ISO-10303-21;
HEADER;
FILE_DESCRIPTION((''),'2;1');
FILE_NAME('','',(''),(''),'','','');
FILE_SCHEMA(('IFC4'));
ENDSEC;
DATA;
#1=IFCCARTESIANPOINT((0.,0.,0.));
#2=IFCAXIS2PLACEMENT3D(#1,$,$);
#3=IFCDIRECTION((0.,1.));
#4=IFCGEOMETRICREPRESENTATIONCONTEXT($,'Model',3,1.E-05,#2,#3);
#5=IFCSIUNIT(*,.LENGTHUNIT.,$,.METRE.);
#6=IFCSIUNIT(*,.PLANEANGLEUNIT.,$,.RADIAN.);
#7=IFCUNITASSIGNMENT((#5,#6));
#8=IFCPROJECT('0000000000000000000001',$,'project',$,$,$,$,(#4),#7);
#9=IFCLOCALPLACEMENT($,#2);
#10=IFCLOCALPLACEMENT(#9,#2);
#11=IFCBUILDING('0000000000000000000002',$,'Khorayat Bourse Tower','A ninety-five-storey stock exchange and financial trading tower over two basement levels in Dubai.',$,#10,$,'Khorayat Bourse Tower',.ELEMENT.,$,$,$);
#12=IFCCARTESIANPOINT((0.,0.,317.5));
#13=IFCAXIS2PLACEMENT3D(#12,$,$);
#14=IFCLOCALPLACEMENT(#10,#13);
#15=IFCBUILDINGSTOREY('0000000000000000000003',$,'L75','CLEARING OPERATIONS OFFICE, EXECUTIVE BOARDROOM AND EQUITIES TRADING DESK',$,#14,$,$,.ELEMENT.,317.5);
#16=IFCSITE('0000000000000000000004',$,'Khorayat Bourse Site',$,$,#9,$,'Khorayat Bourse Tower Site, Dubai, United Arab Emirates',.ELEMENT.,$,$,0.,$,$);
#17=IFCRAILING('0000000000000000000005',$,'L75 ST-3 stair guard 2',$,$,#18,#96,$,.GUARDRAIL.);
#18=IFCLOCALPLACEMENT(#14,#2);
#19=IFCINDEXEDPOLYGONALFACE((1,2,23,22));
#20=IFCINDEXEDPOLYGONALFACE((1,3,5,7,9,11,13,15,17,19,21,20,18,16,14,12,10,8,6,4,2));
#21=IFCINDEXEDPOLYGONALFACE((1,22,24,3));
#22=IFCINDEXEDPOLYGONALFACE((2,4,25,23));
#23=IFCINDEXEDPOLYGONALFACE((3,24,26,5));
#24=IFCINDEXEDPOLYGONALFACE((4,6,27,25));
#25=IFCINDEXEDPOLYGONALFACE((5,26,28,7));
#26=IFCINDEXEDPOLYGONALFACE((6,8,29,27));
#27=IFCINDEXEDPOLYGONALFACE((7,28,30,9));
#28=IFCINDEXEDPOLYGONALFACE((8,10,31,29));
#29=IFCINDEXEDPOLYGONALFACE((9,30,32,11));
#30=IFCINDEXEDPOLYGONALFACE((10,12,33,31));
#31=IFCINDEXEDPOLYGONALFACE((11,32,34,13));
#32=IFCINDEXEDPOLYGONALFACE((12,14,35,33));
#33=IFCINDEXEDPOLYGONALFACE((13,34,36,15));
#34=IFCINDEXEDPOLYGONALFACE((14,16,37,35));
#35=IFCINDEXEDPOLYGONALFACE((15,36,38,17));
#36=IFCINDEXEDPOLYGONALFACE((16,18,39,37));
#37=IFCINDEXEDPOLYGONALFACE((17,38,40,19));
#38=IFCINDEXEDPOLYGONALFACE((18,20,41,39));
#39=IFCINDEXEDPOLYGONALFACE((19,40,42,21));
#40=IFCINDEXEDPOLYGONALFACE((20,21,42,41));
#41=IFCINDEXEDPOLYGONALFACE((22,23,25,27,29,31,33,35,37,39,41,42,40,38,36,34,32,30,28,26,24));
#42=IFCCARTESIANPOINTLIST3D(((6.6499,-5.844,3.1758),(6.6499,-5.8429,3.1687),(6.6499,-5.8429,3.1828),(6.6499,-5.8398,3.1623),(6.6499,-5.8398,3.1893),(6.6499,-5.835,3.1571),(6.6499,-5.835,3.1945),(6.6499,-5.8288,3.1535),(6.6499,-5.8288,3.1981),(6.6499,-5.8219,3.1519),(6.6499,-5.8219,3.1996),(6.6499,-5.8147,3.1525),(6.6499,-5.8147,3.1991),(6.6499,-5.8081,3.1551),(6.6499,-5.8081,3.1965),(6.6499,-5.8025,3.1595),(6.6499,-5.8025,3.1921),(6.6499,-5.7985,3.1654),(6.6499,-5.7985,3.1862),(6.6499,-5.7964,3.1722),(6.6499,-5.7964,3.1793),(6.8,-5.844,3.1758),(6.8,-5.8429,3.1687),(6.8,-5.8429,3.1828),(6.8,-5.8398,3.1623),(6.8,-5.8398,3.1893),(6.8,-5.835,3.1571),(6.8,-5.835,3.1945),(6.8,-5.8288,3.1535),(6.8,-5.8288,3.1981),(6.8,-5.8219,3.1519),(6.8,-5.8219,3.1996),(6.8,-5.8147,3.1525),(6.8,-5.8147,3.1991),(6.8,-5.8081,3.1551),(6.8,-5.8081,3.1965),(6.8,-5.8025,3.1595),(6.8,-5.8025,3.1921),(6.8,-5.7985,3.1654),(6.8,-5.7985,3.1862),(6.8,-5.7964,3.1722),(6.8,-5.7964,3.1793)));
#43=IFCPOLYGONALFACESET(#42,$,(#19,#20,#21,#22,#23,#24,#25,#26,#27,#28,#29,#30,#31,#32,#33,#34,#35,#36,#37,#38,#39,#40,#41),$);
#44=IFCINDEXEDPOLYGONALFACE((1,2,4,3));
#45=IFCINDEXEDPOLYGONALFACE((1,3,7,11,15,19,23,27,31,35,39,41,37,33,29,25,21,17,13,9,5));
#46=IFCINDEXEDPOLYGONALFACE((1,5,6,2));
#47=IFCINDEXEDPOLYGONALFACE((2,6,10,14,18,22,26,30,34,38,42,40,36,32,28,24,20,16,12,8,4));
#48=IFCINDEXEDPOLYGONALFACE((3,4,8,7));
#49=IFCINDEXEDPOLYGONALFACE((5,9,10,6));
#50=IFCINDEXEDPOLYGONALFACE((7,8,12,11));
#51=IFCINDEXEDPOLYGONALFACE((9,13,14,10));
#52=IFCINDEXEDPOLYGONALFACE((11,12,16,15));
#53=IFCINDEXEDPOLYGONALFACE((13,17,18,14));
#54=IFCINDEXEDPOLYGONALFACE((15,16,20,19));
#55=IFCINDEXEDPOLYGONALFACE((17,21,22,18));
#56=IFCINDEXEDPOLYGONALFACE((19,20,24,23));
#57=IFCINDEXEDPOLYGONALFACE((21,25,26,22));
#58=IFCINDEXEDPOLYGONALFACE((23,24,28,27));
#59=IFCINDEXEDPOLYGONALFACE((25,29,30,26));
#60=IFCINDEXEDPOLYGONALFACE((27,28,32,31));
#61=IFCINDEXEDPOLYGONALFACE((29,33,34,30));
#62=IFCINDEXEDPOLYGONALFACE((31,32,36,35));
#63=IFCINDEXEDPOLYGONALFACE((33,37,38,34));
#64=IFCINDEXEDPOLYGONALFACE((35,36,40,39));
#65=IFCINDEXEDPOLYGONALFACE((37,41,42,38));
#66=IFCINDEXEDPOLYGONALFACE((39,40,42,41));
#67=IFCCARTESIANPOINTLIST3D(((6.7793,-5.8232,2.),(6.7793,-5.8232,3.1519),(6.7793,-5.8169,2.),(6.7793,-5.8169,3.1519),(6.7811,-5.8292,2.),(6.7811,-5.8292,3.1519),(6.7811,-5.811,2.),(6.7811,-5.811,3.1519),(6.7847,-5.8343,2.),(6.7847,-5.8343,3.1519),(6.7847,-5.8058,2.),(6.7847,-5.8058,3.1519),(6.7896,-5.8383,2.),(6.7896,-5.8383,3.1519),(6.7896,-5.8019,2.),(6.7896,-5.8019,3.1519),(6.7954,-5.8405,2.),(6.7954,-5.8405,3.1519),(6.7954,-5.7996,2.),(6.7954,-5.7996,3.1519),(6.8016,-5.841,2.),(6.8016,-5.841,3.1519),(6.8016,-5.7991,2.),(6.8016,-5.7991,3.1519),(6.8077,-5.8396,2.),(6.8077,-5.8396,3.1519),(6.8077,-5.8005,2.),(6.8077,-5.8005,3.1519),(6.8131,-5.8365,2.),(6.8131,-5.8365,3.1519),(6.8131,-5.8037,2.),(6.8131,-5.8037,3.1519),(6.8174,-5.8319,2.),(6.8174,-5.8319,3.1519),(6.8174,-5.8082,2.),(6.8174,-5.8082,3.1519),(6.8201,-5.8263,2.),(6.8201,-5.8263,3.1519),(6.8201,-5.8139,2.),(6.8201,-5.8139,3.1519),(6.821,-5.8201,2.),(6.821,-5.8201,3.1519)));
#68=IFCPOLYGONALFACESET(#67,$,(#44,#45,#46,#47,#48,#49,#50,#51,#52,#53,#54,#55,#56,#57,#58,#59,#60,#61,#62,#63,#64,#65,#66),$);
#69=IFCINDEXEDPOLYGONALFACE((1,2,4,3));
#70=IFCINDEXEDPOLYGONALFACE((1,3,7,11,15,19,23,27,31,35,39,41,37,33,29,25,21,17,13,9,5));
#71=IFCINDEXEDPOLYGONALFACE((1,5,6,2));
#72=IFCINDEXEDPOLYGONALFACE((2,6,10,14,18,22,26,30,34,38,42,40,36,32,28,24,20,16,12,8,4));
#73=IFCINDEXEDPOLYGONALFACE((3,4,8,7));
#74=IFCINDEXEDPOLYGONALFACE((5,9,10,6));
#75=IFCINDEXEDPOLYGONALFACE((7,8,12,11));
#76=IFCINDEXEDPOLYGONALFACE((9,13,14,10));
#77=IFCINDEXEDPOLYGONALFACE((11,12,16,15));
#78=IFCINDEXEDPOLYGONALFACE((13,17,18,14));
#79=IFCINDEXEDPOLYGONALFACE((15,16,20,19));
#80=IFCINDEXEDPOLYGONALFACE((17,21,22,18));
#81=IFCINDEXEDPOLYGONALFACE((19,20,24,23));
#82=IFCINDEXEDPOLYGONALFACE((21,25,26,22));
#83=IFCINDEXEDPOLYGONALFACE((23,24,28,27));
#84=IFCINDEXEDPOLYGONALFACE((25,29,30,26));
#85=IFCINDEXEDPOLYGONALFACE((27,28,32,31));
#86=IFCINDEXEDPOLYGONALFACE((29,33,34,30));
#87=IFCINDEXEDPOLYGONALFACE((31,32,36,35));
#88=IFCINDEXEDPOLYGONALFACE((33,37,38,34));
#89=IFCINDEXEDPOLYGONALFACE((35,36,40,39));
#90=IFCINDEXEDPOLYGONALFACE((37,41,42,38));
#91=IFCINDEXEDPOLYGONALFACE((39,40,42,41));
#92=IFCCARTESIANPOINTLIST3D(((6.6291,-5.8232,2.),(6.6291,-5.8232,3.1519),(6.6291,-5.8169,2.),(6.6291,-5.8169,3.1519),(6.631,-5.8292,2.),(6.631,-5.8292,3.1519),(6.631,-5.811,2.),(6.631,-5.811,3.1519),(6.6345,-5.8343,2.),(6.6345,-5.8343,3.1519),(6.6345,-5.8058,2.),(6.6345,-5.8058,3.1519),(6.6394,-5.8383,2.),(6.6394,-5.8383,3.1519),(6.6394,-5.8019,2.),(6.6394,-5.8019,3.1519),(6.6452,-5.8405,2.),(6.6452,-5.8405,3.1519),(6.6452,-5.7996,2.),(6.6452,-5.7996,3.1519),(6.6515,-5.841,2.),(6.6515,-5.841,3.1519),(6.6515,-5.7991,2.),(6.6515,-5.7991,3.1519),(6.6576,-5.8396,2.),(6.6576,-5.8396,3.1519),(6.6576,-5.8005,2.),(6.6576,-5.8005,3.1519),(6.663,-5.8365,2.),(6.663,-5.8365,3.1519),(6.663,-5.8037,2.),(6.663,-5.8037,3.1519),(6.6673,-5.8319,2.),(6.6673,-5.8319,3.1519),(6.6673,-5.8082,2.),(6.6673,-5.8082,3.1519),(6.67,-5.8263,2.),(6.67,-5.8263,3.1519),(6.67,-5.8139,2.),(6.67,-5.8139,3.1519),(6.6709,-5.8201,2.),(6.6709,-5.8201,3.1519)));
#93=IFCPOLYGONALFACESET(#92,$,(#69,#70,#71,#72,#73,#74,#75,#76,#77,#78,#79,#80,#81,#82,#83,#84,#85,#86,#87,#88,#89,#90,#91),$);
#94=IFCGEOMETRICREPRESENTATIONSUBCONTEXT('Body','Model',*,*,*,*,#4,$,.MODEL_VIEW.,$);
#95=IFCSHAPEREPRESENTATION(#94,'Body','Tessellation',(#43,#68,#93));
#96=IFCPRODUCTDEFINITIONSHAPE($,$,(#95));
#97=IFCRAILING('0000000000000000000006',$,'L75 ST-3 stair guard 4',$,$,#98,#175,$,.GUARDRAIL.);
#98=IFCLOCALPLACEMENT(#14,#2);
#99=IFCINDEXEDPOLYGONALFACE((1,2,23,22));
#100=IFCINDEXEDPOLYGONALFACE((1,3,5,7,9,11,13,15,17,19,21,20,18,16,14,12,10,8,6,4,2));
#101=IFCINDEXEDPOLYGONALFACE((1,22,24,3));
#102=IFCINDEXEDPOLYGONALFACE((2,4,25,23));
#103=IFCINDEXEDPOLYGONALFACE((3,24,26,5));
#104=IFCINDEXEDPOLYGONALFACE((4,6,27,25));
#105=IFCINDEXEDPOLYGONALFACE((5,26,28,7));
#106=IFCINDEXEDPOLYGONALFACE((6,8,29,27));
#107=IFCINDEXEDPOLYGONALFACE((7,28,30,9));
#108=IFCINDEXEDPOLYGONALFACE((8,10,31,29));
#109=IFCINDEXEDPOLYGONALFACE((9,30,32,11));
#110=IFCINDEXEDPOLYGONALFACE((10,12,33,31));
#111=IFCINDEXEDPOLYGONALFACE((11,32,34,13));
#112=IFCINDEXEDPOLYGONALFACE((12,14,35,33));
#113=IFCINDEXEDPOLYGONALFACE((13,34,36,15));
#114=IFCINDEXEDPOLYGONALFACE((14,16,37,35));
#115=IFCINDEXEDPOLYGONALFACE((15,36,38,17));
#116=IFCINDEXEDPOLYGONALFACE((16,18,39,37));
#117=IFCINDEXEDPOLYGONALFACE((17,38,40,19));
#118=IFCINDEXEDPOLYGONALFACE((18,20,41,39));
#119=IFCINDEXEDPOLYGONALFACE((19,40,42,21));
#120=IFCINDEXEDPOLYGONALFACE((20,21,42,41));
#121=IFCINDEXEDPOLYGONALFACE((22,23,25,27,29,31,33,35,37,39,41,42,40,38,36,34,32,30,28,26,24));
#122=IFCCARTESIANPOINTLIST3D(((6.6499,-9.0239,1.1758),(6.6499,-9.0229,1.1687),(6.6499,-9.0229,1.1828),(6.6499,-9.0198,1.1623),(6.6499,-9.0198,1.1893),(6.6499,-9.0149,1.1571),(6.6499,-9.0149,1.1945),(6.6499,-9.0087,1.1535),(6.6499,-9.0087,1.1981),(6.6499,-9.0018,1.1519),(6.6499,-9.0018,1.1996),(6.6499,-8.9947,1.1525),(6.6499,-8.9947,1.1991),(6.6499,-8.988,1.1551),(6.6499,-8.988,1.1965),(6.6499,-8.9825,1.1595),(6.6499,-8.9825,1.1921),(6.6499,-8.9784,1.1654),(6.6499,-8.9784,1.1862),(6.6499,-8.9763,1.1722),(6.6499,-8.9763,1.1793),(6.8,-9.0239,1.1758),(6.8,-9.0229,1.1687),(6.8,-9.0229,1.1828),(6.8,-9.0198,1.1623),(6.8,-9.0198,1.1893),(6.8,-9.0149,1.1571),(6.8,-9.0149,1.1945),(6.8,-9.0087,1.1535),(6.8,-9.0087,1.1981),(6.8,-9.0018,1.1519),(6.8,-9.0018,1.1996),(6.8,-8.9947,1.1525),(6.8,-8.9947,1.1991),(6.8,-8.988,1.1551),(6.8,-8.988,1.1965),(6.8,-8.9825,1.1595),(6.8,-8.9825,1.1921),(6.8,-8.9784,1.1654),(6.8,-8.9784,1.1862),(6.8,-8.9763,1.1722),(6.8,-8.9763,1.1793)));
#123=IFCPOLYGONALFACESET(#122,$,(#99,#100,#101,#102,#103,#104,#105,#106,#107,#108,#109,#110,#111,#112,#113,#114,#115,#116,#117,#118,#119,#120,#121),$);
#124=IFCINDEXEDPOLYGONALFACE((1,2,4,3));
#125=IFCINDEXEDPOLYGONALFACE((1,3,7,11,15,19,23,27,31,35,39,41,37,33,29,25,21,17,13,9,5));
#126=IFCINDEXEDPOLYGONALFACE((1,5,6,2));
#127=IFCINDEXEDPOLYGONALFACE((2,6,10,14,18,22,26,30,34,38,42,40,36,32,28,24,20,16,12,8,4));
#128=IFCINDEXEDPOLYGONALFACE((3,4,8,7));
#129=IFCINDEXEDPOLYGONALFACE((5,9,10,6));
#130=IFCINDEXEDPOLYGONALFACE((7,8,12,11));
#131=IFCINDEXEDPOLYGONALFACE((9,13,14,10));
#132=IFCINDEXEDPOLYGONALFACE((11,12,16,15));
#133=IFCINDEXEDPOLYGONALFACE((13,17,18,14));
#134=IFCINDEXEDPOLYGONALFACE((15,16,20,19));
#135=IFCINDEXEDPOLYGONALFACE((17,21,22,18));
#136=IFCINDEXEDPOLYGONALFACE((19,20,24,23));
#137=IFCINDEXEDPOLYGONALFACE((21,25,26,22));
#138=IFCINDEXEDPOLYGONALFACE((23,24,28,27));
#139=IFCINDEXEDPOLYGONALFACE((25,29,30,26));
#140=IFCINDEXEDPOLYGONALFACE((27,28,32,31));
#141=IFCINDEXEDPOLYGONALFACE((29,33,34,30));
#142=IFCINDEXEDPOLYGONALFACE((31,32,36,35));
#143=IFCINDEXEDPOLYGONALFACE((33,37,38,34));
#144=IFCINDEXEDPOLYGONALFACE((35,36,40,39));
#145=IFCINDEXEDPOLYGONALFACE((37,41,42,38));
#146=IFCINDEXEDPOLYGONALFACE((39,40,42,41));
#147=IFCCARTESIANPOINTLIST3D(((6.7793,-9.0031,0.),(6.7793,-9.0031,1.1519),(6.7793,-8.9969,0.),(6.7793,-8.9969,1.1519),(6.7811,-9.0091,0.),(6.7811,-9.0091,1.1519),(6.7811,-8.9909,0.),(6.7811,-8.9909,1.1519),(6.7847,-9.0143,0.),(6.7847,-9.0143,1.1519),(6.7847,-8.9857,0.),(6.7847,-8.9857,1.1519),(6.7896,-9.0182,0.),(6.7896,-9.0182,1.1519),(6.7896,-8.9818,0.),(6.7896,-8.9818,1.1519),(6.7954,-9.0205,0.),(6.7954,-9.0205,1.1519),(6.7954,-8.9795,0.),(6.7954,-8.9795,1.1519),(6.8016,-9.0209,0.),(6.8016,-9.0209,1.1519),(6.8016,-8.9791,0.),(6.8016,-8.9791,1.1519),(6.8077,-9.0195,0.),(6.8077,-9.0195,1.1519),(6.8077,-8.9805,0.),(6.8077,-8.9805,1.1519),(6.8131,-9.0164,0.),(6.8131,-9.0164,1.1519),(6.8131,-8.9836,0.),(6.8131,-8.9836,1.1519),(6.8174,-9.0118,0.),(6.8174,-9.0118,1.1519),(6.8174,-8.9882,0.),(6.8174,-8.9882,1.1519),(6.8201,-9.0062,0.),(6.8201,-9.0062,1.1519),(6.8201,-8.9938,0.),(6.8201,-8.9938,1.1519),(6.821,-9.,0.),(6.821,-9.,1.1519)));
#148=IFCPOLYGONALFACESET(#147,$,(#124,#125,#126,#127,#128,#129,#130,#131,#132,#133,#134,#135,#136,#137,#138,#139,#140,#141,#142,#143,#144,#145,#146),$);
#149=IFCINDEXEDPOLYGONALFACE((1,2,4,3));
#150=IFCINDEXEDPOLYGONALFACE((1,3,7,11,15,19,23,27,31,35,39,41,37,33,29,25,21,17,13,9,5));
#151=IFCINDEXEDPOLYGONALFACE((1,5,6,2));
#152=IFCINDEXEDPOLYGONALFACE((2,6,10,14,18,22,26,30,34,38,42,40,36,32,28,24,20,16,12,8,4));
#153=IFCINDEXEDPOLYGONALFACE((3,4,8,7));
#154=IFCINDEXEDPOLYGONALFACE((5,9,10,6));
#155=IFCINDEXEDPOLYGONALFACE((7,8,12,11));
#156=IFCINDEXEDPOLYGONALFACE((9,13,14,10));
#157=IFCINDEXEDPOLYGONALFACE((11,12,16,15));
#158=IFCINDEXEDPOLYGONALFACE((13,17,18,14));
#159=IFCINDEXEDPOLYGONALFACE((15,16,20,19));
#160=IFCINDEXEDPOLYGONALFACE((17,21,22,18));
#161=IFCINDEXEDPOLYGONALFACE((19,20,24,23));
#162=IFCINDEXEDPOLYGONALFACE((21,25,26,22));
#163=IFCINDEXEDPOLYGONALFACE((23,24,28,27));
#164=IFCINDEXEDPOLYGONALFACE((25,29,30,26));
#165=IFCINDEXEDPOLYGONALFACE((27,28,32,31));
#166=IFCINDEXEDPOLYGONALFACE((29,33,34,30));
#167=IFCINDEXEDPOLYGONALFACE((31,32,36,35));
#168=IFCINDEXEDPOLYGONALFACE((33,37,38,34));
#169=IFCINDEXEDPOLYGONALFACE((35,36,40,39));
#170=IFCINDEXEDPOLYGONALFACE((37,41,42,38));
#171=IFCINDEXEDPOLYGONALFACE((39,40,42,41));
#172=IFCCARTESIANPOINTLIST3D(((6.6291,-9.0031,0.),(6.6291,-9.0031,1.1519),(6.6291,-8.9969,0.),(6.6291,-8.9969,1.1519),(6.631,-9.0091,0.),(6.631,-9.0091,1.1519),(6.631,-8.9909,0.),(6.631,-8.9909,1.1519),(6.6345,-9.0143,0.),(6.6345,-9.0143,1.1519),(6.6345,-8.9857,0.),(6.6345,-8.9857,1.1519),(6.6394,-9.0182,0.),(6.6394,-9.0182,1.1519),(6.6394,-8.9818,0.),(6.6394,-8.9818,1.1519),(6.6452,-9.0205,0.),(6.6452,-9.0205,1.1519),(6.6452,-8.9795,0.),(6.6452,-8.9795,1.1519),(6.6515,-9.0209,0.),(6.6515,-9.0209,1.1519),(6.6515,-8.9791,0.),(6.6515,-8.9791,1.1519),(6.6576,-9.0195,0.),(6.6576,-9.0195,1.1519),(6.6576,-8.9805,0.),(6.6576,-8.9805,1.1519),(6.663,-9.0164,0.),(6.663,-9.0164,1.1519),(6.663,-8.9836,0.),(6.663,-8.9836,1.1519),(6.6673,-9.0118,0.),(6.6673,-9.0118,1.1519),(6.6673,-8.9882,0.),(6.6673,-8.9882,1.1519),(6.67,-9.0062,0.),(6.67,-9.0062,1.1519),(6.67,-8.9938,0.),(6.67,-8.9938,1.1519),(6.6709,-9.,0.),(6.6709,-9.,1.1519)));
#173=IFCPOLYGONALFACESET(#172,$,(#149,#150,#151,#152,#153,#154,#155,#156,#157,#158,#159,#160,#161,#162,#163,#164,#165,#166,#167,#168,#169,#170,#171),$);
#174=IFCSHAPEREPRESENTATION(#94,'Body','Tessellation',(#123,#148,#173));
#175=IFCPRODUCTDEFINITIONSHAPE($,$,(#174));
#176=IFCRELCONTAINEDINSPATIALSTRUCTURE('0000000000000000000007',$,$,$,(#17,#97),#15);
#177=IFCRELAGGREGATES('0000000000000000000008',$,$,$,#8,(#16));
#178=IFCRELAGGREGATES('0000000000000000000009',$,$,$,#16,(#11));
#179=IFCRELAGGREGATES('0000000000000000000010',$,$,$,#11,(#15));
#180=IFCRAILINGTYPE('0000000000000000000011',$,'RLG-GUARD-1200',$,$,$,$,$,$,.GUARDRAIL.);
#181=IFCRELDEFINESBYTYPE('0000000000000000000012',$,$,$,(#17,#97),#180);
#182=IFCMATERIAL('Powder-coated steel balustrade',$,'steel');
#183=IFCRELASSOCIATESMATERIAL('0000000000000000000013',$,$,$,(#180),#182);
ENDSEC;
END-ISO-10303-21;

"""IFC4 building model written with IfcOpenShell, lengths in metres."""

from ifc_helpers import new_model, si_unit, direction, frame, origin, origin_2d, place, context, subcontext, project, spatial, circle, extrude, source, transform, mapped, material, type_object, element, save


model = new_model("IFC4")

# Units and contexts
model_context = context("Model", 3, precision=1e-05, world=origin(), true_north=direction((0.0, 1.0)))
body_context = subcontext(model_context, "Body", "Model", "MODEL_VIEW")
ifc_project = project(units=[si_unit("LENGTHUNIT", "METRE"), si_unit("PLANEANGLEUNIT", "RADIAN")], contexts=[model_context])

# Site, building, storey
site_placement = place(None, origin())
site = spatial("IfcSite", under=ifc_project, at=site_placement, Name="Khorayat Bourse Site", LongName="Khorayat Bourse Tower Site, Dubai, United Arab Emirates", CompositionType="ELEMENT", RefElevation=0.0)
building_placement = place(site_placement, origin())
building = spatial("IfcBuilding", under=site, at=building_placement, Name="Khorayat Bourse Tower", Description="A ninety-five-storey stock exchange and financial trading tower over two basement levels in Dubai.", LongName="Khorayat Bourse Tower", CompositionType="ELEMENT")
storey_placement = place(building_placement, frame((0.0, 0.0, 317.5)))
storey = spatial("IfcBuildingStorey", under=building, at=storey_placement, Name="L75", Description="CLEARING OPERATIONS OFFICE, EXECUTIVE BOARDROOM AND EQUITIES TRADING DESK", CompositionType="ELEMENT", Elevation=317.5)

# Railings
ifc_material_1 = material(Name="Powder-coated steel balustrade", Category="steel")
railing_type_1 = type_object("IfcRailingType", Name="RLG-GUARD-1200", PredefinedType="GUARDRAIL", material=ifc_material_1)
shared_shape_1 = source(origin(), body_context, "Body", "SweptSolid", [
    extrude(circle(Radius=0.0239, at=origin_2d()), frame((0.0, 0.0, 1.1758), z_axis=(-1.0, 0.0, 0.0), x_axis=(0.0, -1.0, 0.0)), (0.0, 0.0, 1.0), 0.1501),
    extrude(circle(Radius=0.021, at=origin_2d()), origin(), (0.0, 0.0, 1.0), 1.1519),
    extrude(circle(Radius=0.021, at=origin_2d()), frame((-0.1501, 0.0, 0.0)), (0.0, 0.0, 1.0), 1.1519),
])
for number, where, name in (
    (1, (6.8, -5.8201, 2.0), "L75 ST-3 stair guard 2"),
    (2, (6.8, -9.0, 0.0), "L75 ST-3 stair guard 4"),
):
    element("IfcRailing", number, at=place(storey_placement, frame(where)), inside=storey, type_object=railing_type_1, Name=name, PredefinedType="GUARDRAIL", context=body_context, shape_type="MappedRepresentation", body=[
        mapped(shared_shape_1, transform((0.0, 0.0, 0.0), scale=1.0)),
    ])

save(model, "model.ifc")
